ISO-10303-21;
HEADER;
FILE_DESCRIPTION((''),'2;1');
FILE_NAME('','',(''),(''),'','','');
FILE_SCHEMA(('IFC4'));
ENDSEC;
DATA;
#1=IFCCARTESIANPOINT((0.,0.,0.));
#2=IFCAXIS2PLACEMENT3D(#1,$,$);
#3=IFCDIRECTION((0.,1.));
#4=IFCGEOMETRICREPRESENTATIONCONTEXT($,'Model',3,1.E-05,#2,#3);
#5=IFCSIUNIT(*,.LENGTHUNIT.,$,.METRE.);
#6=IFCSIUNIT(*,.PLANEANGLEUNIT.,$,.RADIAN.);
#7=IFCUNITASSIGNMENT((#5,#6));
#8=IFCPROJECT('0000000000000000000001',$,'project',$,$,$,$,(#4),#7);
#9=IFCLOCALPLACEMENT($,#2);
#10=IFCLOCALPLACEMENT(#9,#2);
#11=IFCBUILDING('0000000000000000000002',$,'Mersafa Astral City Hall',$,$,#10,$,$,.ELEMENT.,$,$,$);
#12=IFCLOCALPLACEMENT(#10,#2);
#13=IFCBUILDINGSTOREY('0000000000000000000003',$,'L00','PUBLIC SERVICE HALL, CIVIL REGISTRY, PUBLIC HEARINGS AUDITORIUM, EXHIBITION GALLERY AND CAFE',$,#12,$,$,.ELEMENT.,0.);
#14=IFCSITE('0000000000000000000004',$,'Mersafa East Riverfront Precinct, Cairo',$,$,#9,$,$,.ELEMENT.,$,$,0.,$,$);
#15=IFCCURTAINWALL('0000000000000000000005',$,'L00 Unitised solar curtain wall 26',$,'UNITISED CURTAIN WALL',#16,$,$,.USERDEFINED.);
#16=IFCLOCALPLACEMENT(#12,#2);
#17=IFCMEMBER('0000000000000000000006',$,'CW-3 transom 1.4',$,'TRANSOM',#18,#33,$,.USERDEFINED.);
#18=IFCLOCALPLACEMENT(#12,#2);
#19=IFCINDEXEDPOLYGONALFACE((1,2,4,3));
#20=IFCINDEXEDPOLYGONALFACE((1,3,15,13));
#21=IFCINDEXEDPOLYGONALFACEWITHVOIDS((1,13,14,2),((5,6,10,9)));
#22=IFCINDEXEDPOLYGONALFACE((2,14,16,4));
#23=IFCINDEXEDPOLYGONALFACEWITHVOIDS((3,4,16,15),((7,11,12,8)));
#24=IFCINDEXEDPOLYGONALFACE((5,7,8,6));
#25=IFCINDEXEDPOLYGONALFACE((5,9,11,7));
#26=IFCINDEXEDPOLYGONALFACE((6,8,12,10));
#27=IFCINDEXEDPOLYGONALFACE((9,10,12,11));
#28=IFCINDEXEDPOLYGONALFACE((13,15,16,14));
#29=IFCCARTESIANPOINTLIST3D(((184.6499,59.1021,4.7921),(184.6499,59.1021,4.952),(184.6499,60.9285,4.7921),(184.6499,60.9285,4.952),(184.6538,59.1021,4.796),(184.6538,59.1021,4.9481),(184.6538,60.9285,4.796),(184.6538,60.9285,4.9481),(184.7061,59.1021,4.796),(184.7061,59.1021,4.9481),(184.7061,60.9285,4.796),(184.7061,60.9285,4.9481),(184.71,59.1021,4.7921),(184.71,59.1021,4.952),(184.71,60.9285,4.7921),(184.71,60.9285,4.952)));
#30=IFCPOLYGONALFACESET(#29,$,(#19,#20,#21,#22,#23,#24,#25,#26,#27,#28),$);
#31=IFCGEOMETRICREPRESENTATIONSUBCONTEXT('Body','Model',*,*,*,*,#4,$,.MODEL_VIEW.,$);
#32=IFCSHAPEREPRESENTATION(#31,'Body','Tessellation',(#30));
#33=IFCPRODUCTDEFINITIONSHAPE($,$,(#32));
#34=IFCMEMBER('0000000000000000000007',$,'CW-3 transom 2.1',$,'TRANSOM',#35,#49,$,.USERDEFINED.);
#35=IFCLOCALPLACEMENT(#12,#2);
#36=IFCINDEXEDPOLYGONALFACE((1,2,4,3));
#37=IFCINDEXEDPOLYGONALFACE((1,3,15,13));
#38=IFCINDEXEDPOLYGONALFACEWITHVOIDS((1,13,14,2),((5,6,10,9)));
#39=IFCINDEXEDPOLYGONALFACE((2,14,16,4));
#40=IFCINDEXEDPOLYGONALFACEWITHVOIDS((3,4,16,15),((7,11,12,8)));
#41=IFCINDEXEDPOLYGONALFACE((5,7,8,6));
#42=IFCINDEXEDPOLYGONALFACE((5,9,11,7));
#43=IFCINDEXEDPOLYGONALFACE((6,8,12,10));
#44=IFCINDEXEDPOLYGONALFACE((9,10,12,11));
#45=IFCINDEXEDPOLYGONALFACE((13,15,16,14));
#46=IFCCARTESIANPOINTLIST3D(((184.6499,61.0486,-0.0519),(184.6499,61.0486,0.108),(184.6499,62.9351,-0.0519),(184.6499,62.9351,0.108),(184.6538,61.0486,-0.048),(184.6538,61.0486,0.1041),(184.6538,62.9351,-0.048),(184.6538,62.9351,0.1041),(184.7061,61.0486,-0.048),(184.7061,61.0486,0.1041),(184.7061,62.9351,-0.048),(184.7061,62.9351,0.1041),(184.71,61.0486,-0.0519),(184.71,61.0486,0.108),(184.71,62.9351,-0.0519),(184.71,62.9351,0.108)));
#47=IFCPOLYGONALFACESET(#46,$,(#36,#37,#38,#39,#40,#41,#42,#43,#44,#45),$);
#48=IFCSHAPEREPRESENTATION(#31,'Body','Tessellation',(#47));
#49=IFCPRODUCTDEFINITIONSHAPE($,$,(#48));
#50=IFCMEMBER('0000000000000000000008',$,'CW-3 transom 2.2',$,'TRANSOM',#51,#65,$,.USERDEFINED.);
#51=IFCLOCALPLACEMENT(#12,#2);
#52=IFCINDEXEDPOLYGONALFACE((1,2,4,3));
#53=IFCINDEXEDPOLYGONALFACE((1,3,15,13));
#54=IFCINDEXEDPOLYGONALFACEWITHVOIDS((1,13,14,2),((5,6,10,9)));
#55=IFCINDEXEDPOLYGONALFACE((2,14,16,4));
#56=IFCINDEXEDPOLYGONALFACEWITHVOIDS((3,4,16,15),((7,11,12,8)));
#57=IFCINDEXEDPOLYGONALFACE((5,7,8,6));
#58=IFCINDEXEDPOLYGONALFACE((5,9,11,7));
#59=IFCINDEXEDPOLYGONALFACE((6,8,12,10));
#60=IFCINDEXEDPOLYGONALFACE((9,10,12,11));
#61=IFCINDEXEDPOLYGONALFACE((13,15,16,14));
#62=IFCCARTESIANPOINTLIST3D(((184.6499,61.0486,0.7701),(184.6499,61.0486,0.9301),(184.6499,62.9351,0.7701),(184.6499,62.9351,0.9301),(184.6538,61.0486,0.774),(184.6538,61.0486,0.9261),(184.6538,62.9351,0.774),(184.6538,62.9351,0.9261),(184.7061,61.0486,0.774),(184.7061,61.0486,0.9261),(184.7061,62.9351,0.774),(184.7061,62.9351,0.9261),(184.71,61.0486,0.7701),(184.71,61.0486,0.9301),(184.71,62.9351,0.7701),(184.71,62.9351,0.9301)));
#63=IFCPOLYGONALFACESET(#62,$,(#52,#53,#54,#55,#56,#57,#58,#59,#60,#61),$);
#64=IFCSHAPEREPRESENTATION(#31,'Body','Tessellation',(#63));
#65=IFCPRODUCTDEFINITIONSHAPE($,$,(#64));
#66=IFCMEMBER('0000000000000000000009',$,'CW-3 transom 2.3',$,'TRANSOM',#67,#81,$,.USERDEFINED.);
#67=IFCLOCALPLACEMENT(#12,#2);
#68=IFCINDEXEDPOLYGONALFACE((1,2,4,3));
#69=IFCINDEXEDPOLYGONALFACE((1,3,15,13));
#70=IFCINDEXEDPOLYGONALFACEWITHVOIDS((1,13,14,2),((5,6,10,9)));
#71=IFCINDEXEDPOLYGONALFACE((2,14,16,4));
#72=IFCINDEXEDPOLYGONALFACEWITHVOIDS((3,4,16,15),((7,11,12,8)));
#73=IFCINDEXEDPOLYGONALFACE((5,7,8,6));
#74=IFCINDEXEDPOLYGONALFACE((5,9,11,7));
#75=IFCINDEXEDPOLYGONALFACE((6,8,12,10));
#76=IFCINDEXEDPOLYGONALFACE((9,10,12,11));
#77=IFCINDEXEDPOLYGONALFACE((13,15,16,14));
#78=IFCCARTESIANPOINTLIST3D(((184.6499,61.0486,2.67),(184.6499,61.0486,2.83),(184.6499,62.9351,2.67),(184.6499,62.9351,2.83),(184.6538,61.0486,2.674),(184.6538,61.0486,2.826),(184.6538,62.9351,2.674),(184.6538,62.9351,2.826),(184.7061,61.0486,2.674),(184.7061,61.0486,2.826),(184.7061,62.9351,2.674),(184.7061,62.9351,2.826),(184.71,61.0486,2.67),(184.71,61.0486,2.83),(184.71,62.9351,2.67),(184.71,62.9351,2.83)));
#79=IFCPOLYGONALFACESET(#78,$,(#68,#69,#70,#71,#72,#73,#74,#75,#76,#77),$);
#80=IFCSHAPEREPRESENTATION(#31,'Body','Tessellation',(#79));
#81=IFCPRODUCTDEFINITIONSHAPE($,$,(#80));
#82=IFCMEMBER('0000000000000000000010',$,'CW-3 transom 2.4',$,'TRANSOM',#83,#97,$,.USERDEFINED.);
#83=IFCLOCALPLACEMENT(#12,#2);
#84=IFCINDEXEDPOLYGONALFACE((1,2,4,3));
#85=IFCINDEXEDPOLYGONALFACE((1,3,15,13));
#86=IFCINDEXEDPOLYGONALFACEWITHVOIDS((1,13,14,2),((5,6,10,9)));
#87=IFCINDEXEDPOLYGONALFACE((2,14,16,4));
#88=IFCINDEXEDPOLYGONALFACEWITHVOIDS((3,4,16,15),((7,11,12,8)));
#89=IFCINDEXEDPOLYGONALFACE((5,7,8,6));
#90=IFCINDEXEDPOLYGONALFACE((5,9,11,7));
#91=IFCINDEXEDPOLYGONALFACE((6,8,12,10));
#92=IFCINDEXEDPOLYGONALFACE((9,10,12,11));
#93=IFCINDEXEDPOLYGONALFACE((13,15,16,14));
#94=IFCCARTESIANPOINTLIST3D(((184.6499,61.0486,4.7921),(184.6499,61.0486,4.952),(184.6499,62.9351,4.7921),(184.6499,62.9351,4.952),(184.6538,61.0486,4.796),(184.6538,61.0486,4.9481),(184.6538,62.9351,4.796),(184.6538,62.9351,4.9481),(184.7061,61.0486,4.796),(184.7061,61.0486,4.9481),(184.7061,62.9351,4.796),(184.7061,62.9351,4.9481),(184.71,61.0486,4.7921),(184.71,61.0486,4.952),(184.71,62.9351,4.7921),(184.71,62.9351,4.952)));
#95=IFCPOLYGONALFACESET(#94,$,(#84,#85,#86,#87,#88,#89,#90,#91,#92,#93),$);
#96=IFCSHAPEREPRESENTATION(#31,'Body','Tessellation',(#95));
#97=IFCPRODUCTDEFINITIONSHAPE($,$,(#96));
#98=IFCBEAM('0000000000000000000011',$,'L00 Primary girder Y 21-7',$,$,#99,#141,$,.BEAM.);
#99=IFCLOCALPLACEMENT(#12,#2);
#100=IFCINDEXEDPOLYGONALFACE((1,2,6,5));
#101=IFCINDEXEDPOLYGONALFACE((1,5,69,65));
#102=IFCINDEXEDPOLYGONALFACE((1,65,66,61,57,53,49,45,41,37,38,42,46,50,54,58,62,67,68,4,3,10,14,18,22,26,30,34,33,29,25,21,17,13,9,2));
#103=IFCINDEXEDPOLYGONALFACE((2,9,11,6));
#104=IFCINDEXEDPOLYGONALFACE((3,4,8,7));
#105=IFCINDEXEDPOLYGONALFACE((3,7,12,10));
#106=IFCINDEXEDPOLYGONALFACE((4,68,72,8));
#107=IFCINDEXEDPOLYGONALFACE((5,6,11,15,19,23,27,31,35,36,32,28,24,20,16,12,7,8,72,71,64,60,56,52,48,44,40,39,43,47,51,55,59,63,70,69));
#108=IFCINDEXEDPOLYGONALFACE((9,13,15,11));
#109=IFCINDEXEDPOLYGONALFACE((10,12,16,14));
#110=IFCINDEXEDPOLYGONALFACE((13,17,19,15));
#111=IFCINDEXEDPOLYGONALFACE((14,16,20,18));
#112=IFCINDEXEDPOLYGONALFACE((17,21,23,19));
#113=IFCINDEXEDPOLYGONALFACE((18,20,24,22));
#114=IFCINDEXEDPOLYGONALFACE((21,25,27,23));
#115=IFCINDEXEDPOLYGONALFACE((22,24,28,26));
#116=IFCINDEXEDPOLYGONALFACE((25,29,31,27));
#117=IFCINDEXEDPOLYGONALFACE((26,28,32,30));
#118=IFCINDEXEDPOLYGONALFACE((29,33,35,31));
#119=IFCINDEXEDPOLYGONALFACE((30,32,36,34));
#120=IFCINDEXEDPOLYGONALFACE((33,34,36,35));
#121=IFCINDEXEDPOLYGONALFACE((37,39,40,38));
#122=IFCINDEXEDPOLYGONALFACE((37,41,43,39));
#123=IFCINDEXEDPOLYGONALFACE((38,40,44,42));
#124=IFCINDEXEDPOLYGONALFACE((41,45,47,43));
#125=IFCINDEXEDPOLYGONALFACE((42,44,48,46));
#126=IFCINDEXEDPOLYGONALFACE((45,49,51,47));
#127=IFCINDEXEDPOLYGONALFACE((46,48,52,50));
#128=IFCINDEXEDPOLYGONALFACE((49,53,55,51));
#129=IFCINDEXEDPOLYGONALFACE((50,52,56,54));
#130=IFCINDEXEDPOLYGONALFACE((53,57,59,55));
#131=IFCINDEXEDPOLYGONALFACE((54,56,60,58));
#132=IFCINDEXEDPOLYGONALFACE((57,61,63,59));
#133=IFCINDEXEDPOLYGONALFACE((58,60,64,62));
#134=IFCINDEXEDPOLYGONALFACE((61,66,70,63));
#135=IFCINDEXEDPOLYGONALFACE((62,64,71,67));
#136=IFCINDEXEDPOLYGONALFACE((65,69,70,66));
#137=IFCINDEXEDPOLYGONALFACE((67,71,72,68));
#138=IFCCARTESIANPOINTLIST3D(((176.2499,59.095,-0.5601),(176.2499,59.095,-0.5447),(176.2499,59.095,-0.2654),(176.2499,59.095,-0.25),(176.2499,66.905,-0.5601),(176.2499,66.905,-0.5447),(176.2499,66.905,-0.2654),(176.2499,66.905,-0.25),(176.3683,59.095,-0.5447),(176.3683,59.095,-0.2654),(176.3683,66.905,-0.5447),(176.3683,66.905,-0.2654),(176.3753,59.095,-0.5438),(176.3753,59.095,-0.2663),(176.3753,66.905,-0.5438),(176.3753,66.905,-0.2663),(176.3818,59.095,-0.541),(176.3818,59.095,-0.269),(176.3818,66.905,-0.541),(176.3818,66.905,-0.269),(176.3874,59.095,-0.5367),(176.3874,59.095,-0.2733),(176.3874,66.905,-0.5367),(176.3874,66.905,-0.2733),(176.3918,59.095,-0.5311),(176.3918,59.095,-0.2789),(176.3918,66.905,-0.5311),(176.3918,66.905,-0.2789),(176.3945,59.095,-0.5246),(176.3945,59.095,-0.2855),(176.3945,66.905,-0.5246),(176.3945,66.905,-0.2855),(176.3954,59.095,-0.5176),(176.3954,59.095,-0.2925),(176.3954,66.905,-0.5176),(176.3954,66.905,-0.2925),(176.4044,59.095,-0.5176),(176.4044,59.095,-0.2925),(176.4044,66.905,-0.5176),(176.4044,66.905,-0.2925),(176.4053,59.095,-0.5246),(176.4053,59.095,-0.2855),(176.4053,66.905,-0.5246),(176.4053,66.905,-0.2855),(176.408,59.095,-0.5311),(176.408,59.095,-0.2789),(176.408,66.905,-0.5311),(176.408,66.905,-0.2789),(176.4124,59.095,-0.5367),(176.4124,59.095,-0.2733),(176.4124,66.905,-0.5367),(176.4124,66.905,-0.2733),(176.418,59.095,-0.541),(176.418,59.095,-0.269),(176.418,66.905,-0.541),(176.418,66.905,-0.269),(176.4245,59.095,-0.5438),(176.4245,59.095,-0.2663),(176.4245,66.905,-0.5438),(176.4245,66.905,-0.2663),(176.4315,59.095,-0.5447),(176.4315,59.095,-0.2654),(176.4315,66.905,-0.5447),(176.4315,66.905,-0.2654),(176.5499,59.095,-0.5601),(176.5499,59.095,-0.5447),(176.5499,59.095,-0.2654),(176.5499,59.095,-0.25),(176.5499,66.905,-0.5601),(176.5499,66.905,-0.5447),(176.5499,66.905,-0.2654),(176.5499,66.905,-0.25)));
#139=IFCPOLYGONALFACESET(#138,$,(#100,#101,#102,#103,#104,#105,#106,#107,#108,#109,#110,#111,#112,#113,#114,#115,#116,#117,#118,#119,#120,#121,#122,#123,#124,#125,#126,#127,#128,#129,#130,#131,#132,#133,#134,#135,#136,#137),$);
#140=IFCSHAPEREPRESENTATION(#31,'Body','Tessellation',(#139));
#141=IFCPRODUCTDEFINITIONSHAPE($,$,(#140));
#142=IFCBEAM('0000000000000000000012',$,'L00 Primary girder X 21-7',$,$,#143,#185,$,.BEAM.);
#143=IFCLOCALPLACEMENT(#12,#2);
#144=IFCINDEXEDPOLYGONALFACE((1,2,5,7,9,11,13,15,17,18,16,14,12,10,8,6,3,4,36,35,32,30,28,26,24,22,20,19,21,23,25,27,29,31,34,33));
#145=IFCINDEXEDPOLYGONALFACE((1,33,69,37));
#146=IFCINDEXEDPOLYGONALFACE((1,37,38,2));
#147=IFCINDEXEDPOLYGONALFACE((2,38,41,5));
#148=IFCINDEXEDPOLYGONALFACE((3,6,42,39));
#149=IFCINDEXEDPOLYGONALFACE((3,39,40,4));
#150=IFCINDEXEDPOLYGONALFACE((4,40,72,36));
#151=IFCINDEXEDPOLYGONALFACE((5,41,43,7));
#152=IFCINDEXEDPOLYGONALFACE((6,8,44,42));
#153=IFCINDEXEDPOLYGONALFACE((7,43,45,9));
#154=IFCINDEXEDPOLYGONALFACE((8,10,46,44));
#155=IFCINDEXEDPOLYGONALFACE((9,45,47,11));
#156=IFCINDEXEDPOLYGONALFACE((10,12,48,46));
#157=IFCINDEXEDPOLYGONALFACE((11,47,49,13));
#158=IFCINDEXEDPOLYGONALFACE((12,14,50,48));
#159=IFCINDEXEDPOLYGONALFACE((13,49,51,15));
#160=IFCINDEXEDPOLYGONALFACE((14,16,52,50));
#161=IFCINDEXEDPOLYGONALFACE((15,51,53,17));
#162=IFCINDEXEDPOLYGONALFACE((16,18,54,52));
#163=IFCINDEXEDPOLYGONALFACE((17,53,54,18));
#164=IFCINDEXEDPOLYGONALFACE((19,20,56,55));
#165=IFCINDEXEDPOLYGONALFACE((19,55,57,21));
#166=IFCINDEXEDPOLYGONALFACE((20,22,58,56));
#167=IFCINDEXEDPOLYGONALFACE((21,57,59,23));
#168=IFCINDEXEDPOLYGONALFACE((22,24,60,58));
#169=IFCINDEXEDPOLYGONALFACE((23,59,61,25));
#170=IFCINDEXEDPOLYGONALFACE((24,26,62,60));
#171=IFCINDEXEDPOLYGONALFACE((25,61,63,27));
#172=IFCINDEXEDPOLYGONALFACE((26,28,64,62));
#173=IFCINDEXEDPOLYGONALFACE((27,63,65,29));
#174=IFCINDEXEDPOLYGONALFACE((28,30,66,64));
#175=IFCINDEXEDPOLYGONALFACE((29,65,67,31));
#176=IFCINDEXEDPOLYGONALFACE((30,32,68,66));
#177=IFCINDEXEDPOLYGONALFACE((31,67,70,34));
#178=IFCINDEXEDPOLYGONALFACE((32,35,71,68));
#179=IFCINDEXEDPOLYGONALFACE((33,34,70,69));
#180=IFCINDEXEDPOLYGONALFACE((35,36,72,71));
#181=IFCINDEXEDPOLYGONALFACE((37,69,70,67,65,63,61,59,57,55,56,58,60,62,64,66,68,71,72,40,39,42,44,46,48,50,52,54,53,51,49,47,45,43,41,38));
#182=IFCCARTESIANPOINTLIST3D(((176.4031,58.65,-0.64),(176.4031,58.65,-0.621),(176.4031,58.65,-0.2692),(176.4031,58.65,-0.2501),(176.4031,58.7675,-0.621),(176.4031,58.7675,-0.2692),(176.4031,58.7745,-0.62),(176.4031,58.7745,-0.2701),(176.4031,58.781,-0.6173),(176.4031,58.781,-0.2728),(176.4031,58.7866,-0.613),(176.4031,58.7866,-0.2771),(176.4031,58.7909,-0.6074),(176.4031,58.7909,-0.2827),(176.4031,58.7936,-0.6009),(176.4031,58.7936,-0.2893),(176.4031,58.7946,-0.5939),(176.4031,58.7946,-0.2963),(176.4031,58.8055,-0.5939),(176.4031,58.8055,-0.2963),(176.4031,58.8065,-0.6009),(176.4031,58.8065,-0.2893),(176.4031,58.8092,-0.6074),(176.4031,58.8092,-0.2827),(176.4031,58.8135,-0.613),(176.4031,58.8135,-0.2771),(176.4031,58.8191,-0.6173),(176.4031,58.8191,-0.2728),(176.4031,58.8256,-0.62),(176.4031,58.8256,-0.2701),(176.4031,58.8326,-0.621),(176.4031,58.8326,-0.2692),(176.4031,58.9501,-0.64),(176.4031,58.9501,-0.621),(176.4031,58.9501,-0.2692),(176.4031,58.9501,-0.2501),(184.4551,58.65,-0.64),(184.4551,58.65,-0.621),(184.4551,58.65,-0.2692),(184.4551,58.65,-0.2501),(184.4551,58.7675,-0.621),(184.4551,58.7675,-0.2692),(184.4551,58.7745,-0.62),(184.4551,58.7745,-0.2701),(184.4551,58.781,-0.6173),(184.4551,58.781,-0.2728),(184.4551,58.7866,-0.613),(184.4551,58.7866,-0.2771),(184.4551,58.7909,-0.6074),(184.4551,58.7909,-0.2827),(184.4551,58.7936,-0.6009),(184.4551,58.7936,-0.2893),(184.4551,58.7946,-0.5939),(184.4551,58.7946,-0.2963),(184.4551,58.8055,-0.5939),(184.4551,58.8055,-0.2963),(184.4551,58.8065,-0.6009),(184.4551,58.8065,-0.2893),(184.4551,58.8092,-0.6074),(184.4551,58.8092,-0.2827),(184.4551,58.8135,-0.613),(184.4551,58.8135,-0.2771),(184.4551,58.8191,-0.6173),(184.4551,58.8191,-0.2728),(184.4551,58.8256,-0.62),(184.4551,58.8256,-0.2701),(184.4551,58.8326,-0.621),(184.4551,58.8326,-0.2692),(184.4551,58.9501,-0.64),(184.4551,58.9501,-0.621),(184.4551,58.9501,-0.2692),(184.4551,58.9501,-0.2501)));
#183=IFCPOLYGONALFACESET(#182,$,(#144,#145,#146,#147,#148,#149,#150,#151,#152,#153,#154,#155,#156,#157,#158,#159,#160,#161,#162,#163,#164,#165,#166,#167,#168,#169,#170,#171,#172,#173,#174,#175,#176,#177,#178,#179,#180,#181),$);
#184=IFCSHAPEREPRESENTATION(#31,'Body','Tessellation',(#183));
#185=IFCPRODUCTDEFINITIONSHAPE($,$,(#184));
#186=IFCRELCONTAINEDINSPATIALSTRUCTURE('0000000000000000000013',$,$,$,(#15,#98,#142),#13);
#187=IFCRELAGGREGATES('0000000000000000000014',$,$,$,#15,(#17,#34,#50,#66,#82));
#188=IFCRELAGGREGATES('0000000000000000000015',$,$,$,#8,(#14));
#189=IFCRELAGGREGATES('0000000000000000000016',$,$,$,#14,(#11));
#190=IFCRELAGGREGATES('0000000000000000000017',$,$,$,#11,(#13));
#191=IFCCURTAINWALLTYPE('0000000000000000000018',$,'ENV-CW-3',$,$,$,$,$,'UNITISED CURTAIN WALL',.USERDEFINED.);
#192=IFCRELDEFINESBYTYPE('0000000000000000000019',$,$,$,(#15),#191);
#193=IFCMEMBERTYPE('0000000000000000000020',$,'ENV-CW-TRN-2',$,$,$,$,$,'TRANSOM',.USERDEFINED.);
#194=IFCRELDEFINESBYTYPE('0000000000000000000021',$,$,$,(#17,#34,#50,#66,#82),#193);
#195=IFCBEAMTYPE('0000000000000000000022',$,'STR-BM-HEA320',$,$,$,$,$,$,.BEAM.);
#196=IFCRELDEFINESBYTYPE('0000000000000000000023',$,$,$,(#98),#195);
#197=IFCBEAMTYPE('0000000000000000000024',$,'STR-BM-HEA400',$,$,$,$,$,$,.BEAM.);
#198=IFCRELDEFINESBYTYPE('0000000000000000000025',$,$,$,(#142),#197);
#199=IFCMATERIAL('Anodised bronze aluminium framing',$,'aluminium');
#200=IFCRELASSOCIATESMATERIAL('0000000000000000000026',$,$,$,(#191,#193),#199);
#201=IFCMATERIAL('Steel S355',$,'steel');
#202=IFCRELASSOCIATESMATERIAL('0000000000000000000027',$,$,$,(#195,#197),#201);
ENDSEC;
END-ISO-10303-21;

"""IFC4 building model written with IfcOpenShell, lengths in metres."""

from ifc_helpers import new_model, si_unit, direction, frame, origin, origin_2d, place, context, subcontext, project, spatial, hollow_rectangle, i_section, extrude, material, material_profile, profile_set, type_object, element, aggregate, save


model = new_model("IFC4")

# Units and contexts
model_context = context("Model", 3, precision=1e-05, world=origin(), true_north=direction((0.0, 1.0)))
body_context = subcontext(model_context, "Body", "Model", "MODEL_VIEW")
ifc_project = project(units=[si_unit("LENGTHUNIT", "METRE"), si_unit("PLANEANGLEUNIT", "RADIAN")], contexts=[model_context])

# Site, building, storey
site_placement = place(None, origin())
site = spatial("IfcSite", under=ifc_project, at=site_placement, Name="Mersafa East Riverfront Precinct, Cairo", CompositionType="ELEMENT", RefElevation=0.0)
building_placement = place(site_placement, origin())
building = spatial("IfcBuilding", under=site, at=building_placement, Name="Mersafa Astral City Hall", CompositionType="ELEMENT")
storey_placement = place(building_placement, origin())
storey = spatial("IfcBuildingStorey", under=building, at=storey_placement, Name="L00", Description="PUBLIC SERVICE HALL, CIVIL REGISTRY, PUBLIC HEARINGS AUDITORIUM, EXHIBITION GALLERY AND CAFE", CompositionType="ELEMENT", Elevation=0.0)

# Shared definitions
ifc_material_1 = material(Name="Steel S355", Category="steel")

# Curtain wall, members
ifc_material_2 = material(Name="Anodised bronze aluminium framing", Category="aluminium")
curtain_wall_type = type_object("IfcCurtainWallType", Name="ENV-CW-3", ElementType="UNITISED CURTAIN WALL", PredefinedType="USERDEFINED", material=ifc_material_2)
curtain_wall_placement = place(storey_placement, origin())
curtain_wall = element("IfcCurtainWall", 1, at=curtain_wall_placement, inside=storey, type_object=curtain_wall_type, Name="L00 Unitised solar curtain wall 26", ObjectType="UNITISED CURTAIN WALL", PredefinedType="USERDEFINED")
ifc_material_profile_1 = material_profile(ifc_material_2, hollow_rectangle(XDim=0.0601, YDim=0.1599, WallThickness=0.0039, at=origin_2d()), Name="RHS 60x160x4")
ifc_profile_set_1 = profile_set([ifc_material_profile_1], Name="Anodised bronze aluminium framing")
member_type_1 = type_object("IfcMemberType", Name="ENV-CW-TRN-2", ElementType="TRANSOM", PredefinedType="USERDEFINED", material=ifc_profile_set_1)
member_1_placement = place(storey_placement, frame((184.6799, 59.1021, 4.8721), z_axis=(0.0, 1.0, 0.0), x_axis=(-1.0, 0.0, 0.0)))
member_1 = element("IfcMember", 2, at=member_1_placement, type_object=member_type_1, Name="CW-3 transom 1.4", ObjectType="TRANSOM", PredefinedType="USERDEFINED", context=body_context, shape_type="SweptSolid", body=[
    extrude(hollow_rectangle(XDim=0.0601, YDim=0.1599, WallThickness=0.0039, at=origin_2d()), origin(), (0.0, 0.0, 1.0), 1.8264),
])
member_2_placement = place(storey_placement, frame((184.6799, 61.0486, 0.0281), z_axis=(0.0, 1.0, 0.0), x_axis=(-1.0, 0.0, 0.0)))
member_2 = element("IfcMember", 3, at=member_2_placement, type_object=member_type_1, Name="CW-3 transom 2.1", ObjectType="TRANSOM", PredefinedType="USERDEFINED", context=body_context, shape_type="SweptSolid", body=[
    extrude(hollow_rectangle(XDim=0.0601, YDim=0.1599, WallThickness=0.0039, at=origin_2d()), origin(), (0.0, 0.0, 1.0), 1.8865),
])
member_3_placement = place(storey_placement, frame((184.6799, 61.0486, 0.8501), z_axis=(0.0, 1.0, 0.0), x_axis=(-1.0, 0.0, 0.0)))
member_3 = element("IfcMember", 4, at=member_3_placement, type_object=member_type_1, Name="CW-3 transom 2.2", ObjectType="TRANSOM", PredefinedType="USERDEFINED", context=body_context, shape_type="SweptSolid", body=[
    extrude(hollow_rectangle(XDim=0.0601, YDim=0.1599, WallThickness=0.0039, at=origin_2d()), origin(), (0.0, 0.0, 1.0), 1.8865),
])
member_4_placement = place(storey_placement, frame((184.6799, 61.0486, 2.75), z_axis=(0.0, 1.0, 0.0), x_axis=(-1.0, 0.0, 0.0)))
member_4 = element("IfcMember", 5, at=member_4_placement, type_object=member_type_1, Name="CW-3 transom 2.3", ObjectType="TRANSOM", PredefinedType="USERDEFINED", context=body_context, shape_type="SweptSolid", body=[
    extrude(hollow_rectangle(XDim=0.0601, YDim=0.1599, WallThickness=0.0039, at=origin_2d()), origin(), (0.0, 0.0, 1.0), 1.8865),
])
member_5_placement = place(storey_placement, frame((184.6799, 61.0486, 4.8721), z_axis=(0.0, 1.0, 0.0), x_axis=(-1.0, 0.0, 0.0)))
member_5 = element("IfcMember", 6, at=member_5_placement, type_object=member_type_1, Name="CW-3 transom 2.4", ObjectType="TRANSOM", PredefinedType="USERDEFINED", context=body_context, shape_type="SweptSolid", body=[
    extrude(hollow_rectangle(XDim=0.0601, YDim=0.1599, WallThickness=0.0039, at=origin_2d()), origin(), (0.0, 0.0, 1.0), 1.8865),
])

# Beams
ifc_material_profile_2 = material_profile(ifc_material_1, i_section(OverallWidth=0.3, OverallDepth=0.3101, WebThickness=0.009, FlangeThickness=0.0154, FilletRadius=0.0271, at=origin_2d()), Name="HEA 320")
ifc_profile_set_2 = profile_set([ifc_material_profile_2], Name="Steel S355")
beam_type_1 = type_object("IfcBeamType", Name="STR-BM-HEA320", PredefinedType="BEAM", material=ifc_profile_set_2)
beam_1_placement = place(storey_placement, frame((176.3999, 59.095, -0.405), z_axis=(0.0, 1.0, 0.0), x_axis=(-1.0, 0.0, 0.0)))
element("IfcBeam", 7, at=beam_1_placement, inside=storey, type_object=beam_type_1, Name="L00 Primary girder Y 21-7", PredefinedType="BEAM", context=body_context, shape_type="SweptSolid", body=[
    extrude(i_section(OverallWidth=0.3, OverallDepth=0.3101, WebThickness=0.009, FlangeThickness=0.0154, FilletRadius=0.0271, at=origin_2d()), origin(), (0.0, 0.0, 1.0), 7.8101),
])
ifc_material_profile_3 = material_profile(ifc_material_1, i_section(OverallWidth=0.3, OverallDepth=0.3899, WebThickness=0.011, FlangeThickness=0.019, FilletRadius=0.0271, at=origin_2d()), Name="HEA 400")
ifc_profile_set_3 = profile_set([ifc_material_profile_3], Name="Steel S355")
beam_type_2 = type_object("IfcBeamType", Name="STR-BM-HEA400", PredefinedType="BEAM", material=ifc_profile_set_3)
beam_2_placement = place(storey_placement, frame((176.4031, 58.8, -0.4451), z_axis=(1.0, 0.0, 0.0), x_axis=(0.0, 1.0, 0.0)))
element("IfcBeam", 8, at=beam_2_placement, inside=storey, type_object=beam_type_2, Name="L00 Primary girder X 21-7", PredefinedType="BEAM", context=body_context, shape_type="SweptSolid", body=[
    extrude(i_section(OverallWidth=0.3, OverallDepth=0.3899, WebThickness=0.011, FlangeThickness=0.019, FilletRadius=0.0271, at=origin_2d()), origin(), (0.0, 0.0, 1.0), 8.052),
])

aggregate(curtain_wall, [member_1, member_2, member_3, member_4, member_5])

save(model, "model.ifc")
